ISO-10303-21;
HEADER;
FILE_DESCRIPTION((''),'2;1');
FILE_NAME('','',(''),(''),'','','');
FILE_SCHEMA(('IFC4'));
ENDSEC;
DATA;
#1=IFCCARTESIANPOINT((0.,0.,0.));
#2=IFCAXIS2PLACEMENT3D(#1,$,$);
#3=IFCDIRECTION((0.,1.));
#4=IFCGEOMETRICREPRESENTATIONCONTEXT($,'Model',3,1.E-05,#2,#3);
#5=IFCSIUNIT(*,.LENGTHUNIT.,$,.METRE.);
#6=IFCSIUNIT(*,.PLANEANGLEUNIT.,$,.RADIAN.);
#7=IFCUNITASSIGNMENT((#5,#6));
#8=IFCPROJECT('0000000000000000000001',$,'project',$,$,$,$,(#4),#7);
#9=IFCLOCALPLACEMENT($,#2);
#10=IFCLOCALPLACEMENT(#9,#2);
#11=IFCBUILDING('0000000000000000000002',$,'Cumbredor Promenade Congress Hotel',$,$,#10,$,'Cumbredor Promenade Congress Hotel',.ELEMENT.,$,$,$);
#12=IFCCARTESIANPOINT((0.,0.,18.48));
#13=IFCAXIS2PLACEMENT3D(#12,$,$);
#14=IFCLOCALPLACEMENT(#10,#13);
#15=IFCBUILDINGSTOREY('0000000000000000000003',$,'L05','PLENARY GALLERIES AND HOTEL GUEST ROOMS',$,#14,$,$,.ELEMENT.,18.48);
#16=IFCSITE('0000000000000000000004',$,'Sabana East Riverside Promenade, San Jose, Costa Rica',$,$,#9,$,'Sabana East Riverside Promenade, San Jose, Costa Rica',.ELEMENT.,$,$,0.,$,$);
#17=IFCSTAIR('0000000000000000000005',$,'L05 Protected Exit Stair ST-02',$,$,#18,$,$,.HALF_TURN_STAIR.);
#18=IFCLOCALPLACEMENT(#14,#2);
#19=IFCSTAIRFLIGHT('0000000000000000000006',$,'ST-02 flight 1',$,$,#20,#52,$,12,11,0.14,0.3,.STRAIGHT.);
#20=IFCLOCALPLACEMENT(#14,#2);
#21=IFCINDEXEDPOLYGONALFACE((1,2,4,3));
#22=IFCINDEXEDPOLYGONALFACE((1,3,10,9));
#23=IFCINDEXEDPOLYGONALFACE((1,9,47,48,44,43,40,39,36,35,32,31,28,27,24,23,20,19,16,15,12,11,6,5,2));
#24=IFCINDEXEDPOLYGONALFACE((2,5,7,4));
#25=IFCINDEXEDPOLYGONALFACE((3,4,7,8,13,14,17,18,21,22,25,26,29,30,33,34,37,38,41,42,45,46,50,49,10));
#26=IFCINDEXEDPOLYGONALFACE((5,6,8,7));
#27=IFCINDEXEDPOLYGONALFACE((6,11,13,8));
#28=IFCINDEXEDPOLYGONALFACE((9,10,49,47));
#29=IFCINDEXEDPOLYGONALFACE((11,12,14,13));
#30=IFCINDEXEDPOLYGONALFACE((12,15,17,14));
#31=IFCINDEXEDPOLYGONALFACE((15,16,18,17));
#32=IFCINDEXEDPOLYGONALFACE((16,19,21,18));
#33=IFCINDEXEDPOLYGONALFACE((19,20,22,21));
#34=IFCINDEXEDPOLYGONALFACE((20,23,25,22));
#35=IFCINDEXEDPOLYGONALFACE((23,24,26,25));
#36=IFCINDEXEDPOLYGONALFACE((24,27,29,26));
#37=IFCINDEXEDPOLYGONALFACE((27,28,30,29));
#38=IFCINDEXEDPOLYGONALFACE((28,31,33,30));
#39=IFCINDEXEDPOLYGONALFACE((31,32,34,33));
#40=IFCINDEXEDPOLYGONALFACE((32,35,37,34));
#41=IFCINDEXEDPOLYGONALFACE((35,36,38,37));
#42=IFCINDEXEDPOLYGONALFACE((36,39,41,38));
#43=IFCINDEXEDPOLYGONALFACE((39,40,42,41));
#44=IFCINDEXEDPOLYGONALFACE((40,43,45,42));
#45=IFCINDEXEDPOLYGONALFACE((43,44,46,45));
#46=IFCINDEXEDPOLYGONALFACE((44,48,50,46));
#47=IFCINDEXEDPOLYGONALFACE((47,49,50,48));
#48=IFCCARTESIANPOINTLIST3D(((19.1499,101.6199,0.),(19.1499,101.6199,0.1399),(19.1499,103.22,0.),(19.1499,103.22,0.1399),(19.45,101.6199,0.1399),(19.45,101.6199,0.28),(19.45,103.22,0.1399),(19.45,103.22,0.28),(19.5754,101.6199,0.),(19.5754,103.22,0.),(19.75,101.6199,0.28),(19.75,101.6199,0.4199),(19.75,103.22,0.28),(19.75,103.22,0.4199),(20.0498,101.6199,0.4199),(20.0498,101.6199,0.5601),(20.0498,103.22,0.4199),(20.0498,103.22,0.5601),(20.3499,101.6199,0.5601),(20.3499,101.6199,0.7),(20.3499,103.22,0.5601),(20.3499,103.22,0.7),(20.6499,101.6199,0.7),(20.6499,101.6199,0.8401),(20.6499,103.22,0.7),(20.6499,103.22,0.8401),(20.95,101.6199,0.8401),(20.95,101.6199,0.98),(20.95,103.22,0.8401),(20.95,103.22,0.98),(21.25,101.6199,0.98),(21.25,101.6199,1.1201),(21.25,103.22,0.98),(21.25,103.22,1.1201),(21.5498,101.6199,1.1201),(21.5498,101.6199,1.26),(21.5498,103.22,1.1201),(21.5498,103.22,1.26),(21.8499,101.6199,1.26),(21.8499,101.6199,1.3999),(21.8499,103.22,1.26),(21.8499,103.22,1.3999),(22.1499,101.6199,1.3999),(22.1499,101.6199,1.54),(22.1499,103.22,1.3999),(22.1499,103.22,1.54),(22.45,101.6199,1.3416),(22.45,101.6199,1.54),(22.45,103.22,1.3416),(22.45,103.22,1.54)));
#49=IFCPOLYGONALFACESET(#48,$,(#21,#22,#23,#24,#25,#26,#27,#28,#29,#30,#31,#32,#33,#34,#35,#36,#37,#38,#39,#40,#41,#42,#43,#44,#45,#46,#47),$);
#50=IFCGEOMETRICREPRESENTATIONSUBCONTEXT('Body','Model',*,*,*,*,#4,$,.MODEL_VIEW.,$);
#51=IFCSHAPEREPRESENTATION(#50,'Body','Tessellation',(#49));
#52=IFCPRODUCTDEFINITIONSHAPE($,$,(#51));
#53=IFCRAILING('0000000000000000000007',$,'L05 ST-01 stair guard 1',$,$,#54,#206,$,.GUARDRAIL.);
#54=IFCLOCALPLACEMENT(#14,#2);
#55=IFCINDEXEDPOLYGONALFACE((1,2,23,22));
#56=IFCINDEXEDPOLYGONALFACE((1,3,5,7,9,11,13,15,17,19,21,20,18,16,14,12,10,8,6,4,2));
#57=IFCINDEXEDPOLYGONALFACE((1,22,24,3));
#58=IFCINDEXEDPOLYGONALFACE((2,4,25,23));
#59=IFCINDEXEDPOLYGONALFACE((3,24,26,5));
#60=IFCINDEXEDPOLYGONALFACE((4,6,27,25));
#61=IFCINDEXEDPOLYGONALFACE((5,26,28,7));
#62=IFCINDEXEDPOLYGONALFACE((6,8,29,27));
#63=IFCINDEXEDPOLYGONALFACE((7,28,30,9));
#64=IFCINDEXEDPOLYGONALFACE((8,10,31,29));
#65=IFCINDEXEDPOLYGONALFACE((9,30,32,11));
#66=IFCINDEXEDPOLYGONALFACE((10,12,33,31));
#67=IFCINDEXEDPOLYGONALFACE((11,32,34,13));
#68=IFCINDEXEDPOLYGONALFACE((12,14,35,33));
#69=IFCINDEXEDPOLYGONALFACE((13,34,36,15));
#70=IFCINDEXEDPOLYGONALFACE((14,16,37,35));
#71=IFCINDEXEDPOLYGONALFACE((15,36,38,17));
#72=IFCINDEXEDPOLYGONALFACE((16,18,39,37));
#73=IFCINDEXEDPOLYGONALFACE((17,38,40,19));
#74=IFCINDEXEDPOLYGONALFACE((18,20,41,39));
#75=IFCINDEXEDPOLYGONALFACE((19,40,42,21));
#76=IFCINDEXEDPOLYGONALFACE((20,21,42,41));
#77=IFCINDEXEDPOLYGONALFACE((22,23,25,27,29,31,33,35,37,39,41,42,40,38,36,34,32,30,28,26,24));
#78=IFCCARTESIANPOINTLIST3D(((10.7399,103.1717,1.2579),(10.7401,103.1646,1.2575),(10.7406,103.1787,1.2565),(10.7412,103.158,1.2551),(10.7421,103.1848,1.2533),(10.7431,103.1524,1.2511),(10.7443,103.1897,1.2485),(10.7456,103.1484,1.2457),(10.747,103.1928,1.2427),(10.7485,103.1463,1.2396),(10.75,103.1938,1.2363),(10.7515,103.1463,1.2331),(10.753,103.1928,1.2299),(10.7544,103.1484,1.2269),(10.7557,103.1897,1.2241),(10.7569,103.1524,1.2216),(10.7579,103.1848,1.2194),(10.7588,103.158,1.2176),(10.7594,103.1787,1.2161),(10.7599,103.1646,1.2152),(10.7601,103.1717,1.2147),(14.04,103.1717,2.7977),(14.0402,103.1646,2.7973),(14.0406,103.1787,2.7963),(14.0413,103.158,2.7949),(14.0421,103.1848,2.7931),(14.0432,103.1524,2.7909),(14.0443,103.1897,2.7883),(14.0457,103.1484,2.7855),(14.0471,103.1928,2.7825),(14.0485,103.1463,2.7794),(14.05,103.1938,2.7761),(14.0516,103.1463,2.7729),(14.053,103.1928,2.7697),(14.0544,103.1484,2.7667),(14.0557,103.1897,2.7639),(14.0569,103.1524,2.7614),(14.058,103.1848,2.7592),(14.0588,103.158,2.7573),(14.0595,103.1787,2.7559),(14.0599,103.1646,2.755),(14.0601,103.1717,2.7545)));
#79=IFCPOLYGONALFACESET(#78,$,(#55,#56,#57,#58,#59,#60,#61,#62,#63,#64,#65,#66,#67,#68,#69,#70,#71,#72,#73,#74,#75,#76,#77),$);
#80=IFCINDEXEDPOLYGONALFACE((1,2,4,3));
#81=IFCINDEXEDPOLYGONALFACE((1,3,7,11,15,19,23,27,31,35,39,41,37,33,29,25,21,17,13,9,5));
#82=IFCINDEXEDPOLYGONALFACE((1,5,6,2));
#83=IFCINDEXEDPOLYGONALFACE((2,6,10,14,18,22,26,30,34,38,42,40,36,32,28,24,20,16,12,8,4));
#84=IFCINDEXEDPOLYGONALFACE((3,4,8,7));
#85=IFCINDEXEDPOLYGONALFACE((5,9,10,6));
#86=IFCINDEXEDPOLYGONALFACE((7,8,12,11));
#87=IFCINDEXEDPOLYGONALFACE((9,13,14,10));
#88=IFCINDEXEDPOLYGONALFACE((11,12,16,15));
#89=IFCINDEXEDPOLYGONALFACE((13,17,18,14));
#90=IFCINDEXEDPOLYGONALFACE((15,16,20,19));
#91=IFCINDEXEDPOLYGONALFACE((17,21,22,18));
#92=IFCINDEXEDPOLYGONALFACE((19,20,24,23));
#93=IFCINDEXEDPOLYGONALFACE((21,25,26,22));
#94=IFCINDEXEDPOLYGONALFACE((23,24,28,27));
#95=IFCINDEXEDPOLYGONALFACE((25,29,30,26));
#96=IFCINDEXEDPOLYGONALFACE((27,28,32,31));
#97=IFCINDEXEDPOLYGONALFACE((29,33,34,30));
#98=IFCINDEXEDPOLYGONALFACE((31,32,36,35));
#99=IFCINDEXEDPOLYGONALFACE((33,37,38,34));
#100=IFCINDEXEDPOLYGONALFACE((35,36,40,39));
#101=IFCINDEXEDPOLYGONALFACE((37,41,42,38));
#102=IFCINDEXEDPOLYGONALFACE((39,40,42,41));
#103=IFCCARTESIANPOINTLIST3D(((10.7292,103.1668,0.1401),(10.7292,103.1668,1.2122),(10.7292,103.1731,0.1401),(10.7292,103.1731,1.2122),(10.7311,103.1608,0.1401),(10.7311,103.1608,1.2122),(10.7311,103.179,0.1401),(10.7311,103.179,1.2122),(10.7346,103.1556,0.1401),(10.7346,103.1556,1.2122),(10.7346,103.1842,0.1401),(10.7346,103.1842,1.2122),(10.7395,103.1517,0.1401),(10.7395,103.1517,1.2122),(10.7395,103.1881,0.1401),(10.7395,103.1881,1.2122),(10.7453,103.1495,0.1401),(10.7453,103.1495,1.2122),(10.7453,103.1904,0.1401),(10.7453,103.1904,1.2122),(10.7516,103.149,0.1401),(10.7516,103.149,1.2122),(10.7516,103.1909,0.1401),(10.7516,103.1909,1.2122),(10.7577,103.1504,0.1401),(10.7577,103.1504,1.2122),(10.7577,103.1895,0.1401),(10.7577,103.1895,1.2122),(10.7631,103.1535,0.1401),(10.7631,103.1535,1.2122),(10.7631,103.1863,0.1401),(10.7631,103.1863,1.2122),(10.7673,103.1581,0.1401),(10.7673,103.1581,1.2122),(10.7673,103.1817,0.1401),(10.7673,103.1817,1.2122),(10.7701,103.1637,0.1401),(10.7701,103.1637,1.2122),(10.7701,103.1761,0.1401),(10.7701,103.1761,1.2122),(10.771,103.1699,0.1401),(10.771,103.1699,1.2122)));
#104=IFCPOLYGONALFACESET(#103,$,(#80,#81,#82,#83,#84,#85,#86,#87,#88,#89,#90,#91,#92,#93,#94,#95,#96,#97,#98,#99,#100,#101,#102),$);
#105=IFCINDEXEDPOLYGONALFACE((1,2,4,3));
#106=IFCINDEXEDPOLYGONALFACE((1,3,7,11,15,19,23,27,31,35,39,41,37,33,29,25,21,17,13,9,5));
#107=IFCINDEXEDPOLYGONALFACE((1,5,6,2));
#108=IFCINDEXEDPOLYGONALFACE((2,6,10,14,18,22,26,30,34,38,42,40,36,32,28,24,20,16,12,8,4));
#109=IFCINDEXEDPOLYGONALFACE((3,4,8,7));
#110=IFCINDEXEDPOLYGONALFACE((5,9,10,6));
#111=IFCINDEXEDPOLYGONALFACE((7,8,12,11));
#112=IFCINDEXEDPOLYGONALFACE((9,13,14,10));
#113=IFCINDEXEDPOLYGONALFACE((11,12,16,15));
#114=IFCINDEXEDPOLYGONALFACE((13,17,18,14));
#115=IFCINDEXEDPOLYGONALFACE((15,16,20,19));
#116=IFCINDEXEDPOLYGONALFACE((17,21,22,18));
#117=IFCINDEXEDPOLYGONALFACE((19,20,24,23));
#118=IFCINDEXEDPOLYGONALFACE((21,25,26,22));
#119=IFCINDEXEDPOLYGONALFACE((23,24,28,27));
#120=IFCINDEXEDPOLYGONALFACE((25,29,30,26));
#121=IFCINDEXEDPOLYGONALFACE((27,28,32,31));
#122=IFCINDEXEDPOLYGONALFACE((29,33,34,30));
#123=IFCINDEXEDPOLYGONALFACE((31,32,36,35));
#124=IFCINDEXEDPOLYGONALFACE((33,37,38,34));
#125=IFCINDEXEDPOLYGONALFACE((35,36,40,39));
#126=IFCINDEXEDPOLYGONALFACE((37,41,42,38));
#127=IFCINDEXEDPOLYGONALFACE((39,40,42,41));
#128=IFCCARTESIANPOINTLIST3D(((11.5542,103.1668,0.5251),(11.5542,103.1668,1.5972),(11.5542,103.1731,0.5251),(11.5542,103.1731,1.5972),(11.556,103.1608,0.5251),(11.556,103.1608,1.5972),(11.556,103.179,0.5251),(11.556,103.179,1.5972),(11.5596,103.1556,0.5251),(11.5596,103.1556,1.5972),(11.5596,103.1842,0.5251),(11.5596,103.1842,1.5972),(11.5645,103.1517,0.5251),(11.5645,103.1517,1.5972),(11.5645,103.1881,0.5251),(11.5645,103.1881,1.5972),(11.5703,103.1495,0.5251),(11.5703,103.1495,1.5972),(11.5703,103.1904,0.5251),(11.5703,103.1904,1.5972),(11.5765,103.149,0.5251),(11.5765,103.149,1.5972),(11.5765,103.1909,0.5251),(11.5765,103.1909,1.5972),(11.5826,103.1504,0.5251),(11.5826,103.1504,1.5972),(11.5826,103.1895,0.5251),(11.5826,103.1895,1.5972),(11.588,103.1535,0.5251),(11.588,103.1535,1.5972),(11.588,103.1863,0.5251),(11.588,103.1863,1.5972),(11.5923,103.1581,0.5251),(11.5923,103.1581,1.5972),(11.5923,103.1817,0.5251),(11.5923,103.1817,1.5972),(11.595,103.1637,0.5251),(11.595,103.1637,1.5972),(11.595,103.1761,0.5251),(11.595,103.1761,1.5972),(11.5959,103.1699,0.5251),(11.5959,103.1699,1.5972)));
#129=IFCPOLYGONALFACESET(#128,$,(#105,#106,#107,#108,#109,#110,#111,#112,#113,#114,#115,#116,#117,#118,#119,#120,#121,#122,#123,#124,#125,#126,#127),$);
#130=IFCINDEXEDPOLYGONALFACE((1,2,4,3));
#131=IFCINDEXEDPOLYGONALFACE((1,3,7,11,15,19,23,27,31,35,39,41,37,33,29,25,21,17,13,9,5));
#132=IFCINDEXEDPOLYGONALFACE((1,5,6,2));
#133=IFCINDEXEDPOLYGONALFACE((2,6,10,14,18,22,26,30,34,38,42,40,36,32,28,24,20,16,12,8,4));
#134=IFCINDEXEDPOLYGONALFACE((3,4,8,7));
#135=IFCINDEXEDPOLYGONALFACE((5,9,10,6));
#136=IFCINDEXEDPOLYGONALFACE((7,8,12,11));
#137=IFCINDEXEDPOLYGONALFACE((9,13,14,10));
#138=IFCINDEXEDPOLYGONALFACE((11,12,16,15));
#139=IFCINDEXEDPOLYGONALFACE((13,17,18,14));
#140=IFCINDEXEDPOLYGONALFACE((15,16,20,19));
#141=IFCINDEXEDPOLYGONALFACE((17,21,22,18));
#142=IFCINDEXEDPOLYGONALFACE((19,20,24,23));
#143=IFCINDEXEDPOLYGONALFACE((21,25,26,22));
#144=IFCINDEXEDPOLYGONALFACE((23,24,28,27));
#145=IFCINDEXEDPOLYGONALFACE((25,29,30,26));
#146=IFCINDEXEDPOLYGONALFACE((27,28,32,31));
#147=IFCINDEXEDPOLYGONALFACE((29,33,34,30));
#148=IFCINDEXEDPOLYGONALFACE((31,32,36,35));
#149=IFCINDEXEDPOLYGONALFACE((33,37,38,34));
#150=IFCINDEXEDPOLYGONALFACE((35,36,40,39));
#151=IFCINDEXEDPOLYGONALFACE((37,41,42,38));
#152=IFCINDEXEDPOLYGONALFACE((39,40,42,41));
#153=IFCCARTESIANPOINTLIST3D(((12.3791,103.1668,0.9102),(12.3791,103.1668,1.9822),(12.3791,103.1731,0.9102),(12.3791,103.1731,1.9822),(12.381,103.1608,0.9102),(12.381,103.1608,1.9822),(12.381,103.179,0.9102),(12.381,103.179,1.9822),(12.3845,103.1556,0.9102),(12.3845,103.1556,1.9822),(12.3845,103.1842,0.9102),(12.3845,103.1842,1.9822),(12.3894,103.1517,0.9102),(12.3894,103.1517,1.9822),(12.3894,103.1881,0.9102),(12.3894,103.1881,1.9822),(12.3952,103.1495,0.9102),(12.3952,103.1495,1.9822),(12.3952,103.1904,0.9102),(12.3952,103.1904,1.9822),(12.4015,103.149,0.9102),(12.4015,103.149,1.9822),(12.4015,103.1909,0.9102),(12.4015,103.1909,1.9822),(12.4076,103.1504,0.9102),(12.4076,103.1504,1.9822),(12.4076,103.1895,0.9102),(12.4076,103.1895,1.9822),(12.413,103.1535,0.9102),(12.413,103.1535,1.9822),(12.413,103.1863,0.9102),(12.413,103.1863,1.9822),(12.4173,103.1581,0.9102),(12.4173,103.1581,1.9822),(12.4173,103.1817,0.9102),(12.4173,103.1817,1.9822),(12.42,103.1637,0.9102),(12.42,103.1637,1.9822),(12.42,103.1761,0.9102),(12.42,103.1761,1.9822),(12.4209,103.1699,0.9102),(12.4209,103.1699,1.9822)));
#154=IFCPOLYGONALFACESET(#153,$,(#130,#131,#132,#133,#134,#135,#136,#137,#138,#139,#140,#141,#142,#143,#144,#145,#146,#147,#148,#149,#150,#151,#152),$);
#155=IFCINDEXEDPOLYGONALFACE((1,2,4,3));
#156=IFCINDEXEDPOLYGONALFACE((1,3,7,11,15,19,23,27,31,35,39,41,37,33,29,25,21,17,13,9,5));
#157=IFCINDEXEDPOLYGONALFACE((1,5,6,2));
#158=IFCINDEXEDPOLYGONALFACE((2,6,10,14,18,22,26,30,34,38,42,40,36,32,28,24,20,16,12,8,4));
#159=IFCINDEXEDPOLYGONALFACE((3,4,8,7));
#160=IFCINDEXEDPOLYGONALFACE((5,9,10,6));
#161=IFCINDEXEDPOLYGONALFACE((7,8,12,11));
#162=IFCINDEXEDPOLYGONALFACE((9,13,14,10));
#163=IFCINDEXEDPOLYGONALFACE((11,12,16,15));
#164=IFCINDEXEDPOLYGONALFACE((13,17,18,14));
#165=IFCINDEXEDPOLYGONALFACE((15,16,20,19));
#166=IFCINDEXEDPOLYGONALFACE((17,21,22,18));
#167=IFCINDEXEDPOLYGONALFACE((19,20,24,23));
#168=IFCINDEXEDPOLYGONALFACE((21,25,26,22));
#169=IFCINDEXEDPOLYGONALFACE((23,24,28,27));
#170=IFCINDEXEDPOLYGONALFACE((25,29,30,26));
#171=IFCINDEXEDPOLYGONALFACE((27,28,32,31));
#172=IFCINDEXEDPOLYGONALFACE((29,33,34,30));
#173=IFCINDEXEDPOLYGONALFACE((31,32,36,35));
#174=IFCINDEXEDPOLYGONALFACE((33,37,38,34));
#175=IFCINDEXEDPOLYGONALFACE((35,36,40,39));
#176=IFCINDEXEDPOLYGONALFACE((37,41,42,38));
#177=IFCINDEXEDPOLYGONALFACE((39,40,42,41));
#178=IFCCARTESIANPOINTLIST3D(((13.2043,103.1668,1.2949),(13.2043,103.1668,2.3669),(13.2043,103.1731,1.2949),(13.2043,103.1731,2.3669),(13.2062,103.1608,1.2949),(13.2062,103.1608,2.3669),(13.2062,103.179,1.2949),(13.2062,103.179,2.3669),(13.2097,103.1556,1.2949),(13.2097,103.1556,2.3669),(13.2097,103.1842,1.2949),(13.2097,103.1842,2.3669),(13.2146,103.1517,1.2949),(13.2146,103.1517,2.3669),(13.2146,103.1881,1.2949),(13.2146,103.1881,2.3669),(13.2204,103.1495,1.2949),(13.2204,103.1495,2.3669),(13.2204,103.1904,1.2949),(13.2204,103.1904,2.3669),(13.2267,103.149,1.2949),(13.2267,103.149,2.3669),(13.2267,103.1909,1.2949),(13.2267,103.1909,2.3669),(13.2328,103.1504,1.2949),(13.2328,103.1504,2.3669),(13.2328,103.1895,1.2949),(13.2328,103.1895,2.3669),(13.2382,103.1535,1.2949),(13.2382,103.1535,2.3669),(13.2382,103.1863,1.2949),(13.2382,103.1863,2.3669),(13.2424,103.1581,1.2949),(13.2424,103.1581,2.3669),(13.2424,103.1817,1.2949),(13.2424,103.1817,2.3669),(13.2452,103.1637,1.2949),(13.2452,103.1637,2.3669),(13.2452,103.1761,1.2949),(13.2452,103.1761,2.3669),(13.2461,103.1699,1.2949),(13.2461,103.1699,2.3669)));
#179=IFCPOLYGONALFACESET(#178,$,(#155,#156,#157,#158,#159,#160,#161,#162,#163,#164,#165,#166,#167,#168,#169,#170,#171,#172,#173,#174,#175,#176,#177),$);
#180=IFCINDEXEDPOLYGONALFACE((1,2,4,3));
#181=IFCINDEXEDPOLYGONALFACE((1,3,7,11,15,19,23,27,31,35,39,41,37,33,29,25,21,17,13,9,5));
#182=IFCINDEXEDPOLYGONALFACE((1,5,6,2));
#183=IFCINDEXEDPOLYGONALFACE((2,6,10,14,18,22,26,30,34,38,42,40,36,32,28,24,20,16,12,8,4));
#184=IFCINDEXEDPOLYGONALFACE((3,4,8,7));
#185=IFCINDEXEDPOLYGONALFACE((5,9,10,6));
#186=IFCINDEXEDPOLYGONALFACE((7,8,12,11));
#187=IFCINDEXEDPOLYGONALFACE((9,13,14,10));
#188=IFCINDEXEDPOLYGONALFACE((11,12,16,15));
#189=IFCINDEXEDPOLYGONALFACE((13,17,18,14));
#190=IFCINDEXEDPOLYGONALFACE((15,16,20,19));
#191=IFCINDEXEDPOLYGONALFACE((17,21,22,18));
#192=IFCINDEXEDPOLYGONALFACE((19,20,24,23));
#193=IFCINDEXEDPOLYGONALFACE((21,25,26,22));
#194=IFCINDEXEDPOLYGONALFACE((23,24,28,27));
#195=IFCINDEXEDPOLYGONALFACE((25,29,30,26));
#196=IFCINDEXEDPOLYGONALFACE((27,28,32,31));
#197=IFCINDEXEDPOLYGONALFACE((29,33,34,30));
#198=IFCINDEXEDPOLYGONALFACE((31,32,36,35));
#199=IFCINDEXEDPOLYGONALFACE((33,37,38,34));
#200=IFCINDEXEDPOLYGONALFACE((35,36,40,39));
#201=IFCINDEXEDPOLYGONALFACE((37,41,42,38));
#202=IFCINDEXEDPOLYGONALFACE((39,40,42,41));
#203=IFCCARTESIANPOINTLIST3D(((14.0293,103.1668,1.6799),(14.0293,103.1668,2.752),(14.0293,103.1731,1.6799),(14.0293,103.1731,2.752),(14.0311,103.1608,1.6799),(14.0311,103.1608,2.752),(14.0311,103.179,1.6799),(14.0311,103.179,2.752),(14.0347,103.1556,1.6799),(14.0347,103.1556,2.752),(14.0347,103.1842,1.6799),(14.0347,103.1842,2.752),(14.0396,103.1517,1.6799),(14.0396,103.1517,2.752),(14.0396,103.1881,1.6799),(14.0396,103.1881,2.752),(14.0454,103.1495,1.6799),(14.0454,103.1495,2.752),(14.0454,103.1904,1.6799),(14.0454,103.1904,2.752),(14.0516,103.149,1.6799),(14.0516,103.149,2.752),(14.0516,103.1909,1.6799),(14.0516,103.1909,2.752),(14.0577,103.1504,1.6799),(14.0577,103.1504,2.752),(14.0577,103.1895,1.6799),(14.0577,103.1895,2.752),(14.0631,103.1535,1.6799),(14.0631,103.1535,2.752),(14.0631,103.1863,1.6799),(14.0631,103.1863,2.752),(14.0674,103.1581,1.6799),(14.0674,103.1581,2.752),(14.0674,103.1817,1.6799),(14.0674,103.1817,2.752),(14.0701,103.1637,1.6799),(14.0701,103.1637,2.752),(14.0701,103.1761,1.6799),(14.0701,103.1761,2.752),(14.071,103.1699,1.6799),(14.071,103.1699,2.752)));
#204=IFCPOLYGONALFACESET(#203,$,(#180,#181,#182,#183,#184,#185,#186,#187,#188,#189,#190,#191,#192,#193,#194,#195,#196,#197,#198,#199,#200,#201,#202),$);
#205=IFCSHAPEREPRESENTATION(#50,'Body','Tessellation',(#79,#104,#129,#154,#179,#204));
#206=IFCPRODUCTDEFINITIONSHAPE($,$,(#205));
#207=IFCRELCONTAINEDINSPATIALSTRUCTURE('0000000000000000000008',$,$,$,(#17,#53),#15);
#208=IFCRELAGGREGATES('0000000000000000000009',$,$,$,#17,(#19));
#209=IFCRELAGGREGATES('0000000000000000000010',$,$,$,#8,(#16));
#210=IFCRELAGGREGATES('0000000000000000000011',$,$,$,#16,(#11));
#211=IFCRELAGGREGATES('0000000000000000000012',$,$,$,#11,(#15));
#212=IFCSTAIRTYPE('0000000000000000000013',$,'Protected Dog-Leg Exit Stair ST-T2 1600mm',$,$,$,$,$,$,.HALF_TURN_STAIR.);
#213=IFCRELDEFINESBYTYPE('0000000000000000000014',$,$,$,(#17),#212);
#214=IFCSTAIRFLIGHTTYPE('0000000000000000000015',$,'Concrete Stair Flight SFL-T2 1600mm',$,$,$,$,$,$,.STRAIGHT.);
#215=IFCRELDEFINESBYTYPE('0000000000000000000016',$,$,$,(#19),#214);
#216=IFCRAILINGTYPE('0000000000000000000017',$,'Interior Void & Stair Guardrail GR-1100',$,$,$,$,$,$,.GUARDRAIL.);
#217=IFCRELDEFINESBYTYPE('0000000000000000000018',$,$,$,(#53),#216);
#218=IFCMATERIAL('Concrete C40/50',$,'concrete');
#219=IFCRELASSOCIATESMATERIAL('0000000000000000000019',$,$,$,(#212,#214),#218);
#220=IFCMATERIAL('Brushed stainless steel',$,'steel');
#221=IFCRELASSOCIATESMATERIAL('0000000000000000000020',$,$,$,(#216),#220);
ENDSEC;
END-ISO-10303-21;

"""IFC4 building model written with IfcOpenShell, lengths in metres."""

from ifc_helpers import new_model, si_unit, direction, frame, origin, origin_2d, place, context, subcontext, project, spatial, polyline, circle, outline, extrude, material, type_object, element, aggregate, save


model = new_model("IFC4")

# Units and contexts
model_context = context("Model", 3, precision=1e-05, world=origin(), true_north=direction((0.0, 1.0)))
body_context = subcontext(model_context, "Body", "Model", "MODEL_VIEW")
ifc_project = project(units=[si_unit("LENGTHUNIT", "METRE"), si_unit("PLANEANGLEUNIT", "RADIAN")], contexts=[model_context])

# Site, building, storey
site_placement = place(None, origin())
site = spatial("IfcSite", under=ifc_project, at=site_placement, Name="Sabana East Riverside Promenade, San Jose, Costa Rica", LongName="Sabana East Riverside Promenade, San Jose, Costa Rica", CompositionType="ELEMENT", RefElevation=0.0)
building_placement = place(site_placement, origin())
building = spatial("IfcBuilding", under=site, at=building_placement, Name="Cumbredor Promenade Congress Hotel", LongName="Cumbredor Promenade Congress Hotel", CompositionType="ELEMENT")
storey_placement = place(building_placement, frame((0.0, 0.0, 18.48)))
storey = spatial("IfcBuildingStorey", under=building, at=storey_placement, Name="L05", Description="PLENARY GALLERIES AND HOTEL GUEST ROOMS", CompositionType="ELEMENT", Elevation=18.48)

# Shared definitions
ifc_material_1 = material(Name="Concrete C40/50", Category="concrete")

# Shared definitions
stair_type = type_object("IfcStairType", Name="Protected Dog-Leg Exit Stair ST-T2 1600mm", PredefinedType="HALF_TURN_STAIR", material=ifc_material_1)
stair_flight_type = type_object("IfcStairFlightType", Name="Concrete Stair Flight SFL-T2 1600mm", PredefinedType="STRAIGHT", material=ifc_material_1)

# Stair, stair flight
stair_1_placement = place(storey_placement, origin())
stair_1 = element("IfcStair", 1, at=stair_1_placement, inside=storey, type_object=stair_type, Name="L05 Protected Exit Stair ST-02", PredefinedType="HALF_TURN_STAIR")
stair_flight_1_placement = place(storey_placement, frame((19.1499, 102.4199, 0.0), z_axis=(0.0, 0.0, 1.0), x_axis=(1.0, 0.0, 0.0)))
stair_flight_1 = element("IfcStairFlight", 2, at=stair_flight_1_placement, type_object=stair_flight_type, Name="ST-02 flight 1", NumberOfRisers=12, NumberOfTreads=11, PredefinedType="STRAIGHT", RiserHeight=0.14, TreadLength=0.3, context=body_context, shape_type="SweptSolid", body=[
    extrude(outline(polyline([(0.0, 0.0), (0.0, 0.1399), (0.3, 0.1399), (0.3, 0.28), (0.6001, 0.28), (0.6001, 0.4199), (0.8999, 0.4199), (0.8999, 0.5601), (1.2, 0.5601), (1.2, 0.7), (1.5, 0.7), (1.5, 0.8401), (1.8, 0.8401), (1.8, 0.98), (2.1001, 0.98), (2.1001, 1.1201), (2.3999, 1.1201), (2.3999, 1.26), (2.7, 1.26), (2.7, 1.3999), (3.0, 1.3999), (3.0, 1.54), (3.3, 1.54), (3.3, 1.6799), (3.3, 1.3416), (0.4255, 0.0), (0.0, 0.0)])), frame((0.0, 0.8, 0.0), z_axis=(0.0, -1.0, 0.0), x_axis=(1.0, 0.0, 0.0)), (0.0, 0.0, 1.0), 1.6001),
])
aggregate(stair_1, [stair_flight_1])

# Railing
ifc_material_2 = material(Name="Brushed stainless steel", Category="steel")
railing_type_1 = type_object("IfcRailingType", Name="Interior Void & Stair Guardrail GR-1100", PredefinedType="GUARDRAIL", material=ifc_material_2)
railing_1_placement = place(storey_placement, frame((10.75, 103.1699, 0.1401)))
element("IfcRailing", 3, at=railing_1_placement, inside=storey, type_object=railing_type_1, Name="L05 ST-01 stair guard 1", PredefinedType="GUARDRAIL", context=body_context, shape_type="SweptSolid", body=[
    extrude(circle(Radius=0.0239, at=origin_2d()), frame((0.0, 0.0, 1.0962), z_axis=(0.906207, 0.0, 0.422834), x_axis=(0.0, 1.0, 0.0)), (0.0, 0.0, 1.0), 3.6416),
    extrude(circle(Radius=0.021, at=origin_2d()), origin(), (0.0, 0.0, 1.0), 1.072),
    extrude(circle(Radius=0.021, at=origin_2d()), frame((0.825, 0.0, 0.385)), (0.0, 0.0, 1.0), 1.072),
    extrude(circle(Radius=0.021, at=origin_2d()), frame((1.6499, 0.0, 0.77)), (0.0, 0.0, 1.0), 1.072),
    extrude(circle(Radius=0.021, at=origin_2d()), frame((2.4751, 0.0, 1.1548)), (0.0, 0.0, 1.0), 1.072),
    extrude(circle(Radius=0.021, at=origin_2d()), frame((3.3, 0.0, 1.5398)), (0.0, 0.0, 1.0), 1.072),
])

save(model, "model.ifc")
